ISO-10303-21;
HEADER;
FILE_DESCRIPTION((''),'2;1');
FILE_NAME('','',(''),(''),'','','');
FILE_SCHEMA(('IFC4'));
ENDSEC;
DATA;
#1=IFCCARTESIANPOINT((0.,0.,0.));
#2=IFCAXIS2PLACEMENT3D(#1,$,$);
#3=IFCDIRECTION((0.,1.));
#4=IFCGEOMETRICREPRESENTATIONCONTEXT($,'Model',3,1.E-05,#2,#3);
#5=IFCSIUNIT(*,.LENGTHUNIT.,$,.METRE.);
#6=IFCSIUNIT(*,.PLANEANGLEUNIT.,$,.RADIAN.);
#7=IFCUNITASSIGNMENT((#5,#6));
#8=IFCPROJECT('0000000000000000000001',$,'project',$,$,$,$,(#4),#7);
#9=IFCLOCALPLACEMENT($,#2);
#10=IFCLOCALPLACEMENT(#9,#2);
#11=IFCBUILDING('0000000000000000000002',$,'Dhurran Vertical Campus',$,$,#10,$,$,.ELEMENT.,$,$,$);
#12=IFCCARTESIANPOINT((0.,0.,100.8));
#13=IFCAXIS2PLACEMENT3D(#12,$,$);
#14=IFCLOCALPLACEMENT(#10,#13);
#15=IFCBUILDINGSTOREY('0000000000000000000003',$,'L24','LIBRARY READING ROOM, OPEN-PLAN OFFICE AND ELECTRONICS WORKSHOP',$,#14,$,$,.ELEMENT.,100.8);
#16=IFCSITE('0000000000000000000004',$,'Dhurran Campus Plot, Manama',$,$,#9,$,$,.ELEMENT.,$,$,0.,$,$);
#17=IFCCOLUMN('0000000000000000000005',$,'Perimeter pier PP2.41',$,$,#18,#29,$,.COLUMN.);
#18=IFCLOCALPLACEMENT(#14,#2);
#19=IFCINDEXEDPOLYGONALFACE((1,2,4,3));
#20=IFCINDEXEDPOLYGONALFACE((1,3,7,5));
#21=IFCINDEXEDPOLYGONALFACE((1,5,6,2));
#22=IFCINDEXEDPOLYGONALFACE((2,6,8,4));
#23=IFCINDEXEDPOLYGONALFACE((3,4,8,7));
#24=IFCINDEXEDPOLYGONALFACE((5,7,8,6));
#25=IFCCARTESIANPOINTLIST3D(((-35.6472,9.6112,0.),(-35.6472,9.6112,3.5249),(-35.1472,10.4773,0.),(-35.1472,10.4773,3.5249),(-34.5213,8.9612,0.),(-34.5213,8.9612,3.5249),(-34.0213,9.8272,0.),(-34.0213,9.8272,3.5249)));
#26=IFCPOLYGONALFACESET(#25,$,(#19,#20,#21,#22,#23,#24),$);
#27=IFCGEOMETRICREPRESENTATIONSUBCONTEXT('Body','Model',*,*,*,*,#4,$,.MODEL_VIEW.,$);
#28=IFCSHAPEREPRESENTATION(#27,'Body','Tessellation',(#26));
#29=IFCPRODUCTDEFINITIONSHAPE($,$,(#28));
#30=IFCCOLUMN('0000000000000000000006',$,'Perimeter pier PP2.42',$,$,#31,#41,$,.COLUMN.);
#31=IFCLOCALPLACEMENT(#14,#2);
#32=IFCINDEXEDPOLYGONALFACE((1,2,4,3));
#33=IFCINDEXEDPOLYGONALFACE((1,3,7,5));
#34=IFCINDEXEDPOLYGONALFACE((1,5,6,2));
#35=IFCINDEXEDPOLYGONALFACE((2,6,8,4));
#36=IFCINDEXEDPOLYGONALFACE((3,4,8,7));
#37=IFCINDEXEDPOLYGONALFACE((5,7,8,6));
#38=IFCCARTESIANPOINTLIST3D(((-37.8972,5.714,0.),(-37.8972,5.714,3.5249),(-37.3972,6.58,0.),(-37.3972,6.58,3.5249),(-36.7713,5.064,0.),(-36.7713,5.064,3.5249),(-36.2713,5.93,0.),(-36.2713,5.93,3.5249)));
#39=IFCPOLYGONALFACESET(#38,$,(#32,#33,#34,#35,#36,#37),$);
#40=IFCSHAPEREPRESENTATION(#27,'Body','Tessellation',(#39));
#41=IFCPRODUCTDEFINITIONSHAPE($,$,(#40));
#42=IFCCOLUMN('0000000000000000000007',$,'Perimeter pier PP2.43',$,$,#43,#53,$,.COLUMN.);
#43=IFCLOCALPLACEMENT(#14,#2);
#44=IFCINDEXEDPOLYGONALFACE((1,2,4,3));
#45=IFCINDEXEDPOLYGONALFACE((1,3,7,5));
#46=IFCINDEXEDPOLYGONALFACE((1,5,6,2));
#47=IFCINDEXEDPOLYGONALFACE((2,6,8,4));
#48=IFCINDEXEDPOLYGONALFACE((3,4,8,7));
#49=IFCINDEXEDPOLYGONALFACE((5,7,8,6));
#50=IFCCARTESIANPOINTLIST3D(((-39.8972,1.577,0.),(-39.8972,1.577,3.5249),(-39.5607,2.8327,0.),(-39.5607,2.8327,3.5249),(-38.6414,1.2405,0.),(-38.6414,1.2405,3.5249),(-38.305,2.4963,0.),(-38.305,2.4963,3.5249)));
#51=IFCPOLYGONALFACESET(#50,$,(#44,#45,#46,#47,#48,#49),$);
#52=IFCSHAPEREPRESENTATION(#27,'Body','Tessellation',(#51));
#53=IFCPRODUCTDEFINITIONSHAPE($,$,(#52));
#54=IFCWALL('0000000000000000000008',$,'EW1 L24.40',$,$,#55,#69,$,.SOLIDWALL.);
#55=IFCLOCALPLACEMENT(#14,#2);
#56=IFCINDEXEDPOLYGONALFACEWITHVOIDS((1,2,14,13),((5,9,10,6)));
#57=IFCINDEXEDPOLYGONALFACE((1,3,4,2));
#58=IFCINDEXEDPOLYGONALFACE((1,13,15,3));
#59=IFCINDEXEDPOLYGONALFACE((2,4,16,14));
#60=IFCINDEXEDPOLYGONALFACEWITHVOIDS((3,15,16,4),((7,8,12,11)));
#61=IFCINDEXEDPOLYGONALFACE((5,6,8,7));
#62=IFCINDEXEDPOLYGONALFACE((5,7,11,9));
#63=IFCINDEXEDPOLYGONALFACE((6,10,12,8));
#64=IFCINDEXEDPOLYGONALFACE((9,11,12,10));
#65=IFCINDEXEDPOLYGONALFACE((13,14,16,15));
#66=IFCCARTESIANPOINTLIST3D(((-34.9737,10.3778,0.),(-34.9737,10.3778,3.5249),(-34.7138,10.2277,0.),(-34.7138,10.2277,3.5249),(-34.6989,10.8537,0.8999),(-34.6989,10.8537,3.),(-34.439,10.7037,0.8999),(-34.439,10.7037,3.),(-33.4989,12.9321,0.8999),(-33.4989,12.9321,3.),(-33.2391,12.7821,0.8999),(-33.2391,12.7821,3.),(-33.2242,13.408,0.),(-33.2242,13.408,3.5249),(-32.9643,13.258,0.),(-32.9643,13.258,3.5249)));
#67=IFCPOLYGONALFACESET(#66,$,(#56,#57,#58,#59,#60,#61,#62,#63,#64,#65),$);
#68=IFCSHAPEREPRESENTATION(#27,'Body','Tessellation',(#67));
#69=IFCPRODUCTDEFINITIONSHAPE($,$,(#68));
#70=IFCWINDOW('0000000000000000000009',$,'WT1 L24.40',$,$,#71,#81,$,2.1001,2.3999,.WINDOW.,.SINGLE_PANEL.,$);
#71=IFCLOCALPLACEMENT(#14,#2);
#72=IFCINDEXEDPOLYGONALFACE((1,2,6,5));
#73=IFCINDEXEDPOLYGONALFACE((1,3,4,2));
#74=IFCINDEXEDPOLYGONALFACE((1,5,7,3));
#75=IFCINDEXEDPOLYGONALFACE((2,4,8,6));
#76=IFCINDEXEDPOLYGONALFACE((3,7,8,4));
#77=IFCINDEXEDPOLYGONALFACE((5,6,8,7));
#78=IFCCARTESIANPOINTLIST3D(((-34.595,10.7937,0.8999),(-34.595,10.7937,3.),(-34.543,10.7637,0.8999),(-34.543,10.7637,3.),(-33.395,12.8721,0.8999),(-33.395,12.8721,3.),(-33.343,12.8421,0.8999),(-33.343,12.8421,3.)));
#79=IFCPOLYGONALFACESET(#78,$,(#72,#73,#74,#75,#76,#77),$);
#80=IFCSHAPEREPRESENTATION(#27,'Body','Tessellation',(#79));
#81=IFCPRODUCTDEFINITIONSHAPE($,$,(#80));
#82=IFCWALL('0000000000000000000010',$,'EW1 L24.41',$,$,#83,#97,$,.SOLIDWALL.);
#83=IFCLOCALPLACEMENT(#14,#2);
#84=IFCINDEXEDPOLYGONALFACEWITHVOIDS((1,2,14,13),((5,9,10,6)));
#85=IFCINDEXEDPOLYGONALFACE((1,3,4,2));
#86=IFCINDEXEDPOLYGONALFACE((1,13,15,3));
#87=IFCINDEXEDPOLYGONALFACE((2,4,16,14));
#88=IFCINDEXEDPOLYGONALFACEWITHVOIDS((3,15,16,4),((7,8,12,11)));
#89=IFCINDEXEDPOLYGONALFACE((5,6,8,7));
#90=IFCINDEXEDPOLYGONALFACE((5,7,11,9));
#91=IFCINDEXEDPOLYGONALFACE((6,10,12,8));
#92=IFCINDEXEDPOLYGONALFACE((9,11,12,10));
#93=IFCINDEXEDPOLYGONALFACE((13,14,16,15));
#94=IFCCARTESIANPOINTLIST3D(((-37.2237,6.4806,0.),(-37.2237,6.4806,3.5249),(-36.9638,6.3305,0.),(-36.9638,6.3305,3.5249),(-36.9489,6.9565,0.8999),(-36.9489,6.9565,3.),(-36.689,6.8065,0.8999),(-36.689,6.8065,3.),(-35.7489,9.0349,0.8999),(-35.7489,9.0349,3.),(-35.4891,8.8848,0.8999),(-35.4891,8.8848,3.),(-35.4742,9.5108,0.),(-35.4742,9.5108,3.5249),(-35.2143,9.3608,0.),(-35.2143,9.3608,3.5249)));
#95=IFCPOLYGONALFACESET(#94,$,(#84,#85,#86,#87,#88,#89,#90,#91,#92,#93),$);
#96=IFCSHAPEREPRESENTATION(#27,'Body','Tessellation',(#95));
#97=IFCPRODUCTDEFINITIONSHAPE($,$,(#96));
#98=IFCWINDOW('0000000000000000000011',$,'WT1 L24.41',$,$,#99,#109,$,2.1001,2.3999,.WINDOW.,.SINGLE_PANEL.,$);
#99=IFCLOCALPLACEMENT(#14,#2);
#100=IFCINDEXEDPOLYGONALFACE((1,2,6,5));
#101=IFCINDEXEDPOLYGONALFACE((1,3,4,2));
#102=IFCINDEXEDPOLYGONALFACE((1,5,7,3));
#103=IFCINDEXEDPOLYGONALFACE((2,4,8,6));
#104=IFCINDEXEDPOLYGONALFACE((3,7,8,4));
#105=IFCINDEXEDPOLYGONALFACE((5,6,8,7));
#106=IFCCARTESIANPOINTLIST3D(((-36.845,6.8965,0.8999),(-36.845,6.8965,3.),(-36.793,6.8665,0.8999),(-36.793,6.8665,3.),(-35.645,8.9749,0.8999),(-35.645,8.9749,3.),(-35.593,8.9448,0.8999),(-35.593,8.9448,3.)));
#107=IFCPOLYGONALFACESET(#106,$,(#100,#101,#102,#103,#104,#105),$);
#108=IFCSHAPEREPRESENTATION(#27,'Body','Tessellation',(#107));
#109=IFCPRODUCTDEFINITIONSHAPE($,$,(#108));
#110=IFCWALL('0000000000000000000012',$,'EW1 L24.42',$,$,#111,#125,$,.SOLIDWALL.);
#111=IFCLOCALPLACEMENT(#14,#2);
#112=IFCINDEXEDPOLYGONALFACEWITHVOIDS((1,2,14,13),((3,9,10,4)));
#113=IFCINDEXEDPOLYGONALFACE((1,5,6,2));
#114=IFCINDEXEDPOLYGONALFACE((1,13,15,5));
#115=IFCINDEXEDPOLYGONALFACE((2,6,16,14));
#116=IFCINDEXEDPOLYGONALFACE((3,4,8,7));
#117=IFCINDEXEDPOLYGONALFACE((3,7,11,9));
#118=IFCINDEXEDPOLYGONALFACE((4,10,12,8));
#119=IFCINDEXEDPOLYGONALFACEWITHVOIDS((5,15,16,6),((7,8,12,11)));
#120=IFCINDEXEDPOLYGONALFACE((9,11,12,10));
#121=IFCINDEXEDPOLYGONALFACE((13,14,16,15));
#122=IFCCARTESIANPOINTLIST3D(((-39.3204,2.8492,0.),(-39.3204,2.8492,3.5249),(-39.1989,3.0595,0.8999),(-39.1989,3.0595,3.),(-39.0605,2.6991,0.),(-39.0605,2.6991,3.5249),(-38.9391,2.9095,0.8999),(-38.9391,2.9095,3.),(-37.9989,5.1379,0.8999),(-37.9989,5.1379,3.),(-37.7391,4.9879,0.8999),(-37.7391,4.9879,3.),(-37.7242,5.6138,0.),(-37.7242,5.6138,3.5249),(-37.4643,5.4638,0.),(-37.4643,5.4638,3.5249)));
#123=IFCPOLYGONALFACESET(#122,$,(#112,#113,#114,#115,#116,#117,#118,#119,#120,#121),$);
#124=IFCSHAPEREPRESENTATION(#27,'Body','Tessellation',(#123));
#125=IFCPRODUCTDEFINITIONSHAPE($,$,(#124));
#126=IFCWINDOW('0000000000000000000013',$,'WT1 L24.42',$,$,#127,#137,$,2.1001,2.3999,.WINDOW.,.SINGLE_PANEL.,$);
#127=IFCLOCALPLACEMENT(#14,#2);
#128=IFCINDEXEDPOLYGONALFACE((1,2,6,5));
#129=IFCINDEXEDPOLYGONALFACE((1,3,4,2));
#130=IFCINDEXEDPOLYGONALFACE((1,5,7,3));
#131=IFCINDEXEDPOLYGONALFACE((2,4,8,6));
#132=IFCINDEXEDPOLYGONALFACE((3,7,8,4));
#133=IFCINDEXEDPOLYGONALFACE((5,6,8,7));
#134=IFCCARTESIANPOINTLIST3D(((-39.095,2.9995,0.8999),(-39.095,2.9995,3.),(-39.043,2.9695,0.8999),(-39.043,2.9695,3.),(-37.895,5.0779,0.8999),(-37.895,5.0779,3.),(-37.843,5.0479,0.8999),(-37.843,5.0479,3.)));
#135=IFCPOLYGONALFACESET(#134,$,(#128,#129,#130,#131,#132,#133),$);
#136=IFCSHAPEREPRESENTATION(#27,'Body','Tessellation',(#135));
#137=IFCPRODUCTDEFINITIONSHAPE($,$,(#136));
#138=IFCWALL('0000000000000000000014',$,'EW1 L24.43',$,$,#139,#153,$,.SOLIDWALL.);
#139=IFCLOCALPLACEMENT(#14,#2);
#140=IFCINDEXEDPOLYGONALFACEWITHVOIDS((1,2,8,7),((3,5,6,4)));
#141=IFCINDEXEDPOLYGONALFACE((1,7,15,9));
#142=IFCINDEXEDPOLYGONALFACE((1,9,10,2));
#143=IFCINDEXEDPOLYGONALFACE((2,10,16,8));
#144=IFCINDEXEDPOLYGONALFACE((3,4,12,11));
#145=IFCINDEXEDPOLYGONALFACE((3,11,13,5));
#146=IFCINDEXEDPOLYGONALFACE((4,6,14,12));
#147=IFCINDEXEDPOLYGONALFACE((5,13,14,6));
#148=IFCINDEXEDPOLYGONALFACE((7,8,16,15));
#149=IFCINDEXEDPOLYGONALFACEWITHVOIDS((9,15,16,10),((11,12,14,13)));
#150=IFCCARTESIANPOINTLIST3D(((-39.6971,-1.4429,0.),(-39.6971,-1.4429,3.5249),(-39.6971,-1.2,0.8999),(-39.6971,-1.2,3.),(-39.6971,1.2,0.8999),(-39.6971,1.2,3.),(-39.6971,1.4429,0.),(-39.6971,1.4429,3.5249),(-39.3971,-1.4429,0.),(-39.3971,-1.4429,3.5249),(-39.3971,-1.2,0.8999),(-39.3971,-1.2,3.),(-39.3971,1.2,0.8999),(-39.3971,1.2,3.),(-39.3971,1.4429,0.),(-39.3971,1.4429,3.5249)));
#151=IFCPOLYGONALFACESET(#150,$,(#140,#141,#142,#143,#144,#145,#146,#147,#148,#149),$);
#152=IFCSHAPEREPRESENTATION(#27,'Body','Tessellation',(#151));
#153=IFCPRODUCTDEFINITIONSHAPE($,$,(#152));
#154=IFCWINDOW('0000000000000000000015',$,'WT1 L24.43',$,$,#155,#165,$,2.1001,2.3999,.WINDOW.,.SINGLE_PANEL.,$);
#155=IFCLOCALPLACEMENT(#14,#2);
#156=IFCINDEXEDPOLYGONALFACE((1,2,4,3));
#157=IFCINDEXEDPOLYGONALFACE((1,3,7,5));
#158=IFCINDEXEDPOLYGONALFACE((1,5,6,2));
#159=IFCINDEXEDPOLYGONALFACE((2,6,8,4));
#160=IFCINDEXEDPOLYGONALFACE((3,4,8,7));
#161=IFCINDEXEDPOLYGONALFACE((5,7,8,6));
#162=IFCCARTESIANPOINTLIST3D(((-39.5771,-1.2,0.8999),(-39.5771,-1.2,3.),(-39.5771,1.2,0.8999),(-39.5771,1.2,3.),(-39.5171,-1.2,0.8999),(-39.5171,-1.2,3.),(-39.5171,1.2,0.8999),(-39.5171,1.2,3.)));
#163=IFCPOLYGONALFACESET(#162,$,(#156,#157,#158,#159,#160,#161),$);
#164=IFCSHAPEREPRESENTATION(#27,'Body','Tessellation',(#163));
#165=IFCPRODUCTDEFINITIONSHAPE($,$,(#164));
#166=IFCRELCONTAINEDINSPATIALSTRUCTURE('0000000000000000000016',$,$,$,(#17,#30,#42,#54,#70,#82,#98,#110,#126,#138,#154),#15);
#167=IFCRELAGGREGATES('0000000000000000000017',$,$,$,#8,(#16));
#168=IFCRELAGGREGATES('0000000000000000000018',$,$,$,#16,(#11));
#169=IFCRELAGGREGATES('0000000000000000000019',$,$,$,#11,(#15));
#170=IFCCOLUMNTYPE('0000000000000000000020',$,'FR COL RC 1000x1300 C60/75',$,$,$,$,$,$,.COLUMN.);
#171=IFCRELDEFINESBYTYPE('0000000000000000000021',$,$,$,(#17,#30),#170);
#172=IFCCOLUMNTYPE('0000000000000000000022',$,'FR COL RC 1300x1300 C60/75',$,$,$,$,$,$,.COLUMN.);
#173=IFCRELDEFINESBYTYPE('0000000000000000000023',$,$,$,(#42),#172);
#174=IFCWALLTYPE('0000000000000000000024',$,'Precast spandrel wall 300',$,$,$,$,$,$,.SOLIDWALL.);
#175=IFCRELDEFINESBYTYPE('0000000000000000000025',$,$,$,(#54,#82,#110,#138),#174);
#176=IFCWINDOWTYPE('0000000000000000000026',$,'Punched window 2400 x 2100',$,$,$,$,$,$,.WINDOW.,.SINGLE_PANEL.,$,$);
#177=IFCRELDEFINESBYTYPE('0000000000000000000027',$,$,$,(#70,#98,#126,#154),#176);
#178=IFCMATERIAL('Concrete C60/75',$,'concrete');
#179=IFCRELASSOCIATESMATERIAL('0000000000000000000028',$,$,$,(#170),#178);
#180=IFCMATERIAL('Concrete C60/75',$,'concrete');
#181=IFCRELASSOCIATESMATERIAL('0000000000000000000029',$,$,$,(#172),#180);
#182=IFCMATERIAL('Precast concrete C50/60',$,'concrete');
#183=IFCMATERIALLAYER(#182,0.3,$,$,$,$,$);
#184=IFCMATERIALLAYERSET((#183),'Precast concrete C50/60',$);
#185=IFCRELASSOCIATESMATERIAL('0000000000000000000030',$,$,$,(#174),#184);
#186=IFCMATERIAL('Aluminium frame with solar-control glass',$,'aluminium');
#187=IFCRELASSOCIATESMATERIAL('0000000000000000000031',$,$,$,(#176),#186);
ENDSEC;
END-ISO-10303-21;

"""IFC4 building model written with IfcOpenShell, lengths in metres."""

from ifc_helpers import new_model, si_unit, direction, frame, frame_2d, origin, origin_2d, place, context, subcontext, project, spatial, rectangle, extrude, material, layer, layer_set, material_profile, profile_set, type_object, element, fill, save


model = new_model("IFC4")

# Units and contexts
model_context = context("Model", 3, precision=1e-05, world=origin(), true_north=direction((0.0, 1.0)))
body_context = subcontext(model_context, "Body", "Model", "MODEL_VIEW")
ifc_project = project(units=[si_unit("LENGTHUNIT", "METRE"), si_unit("PLANEANGLEUNIT", "RADIAN")], contexts=[model_context])

# Site, building, storey
site_placement = place(None, origin())
site = spatial("IfcSite", under=ifc_project, at=site_placement, Name="Dhurran Campus Plot, Manama", CompositionType="ELEMENT", RefElevation=0.0)
building_placement = place(site_placement, origin())
building = spatial("IfcBuilding", under=site, at=building_placement, Name="Dhurran Vertical Campus", CompositionType="ELEMENT")
storey_placement = place(building_placement, frame((0.0, 0.0, 100.8)))
storey = spatial("IfcBuildingStorey", under=building, at=storey_placement, Name="L24", Description="LIBRARY READING ROOM, OPEN-PLAN OFFICE AND ELECTRONICS WORKSHOP", CompositionType="ELEMENT", Elevation=100.8)

# Columns
ifc_material_1 = material(Name="Concrete C60/75", Category="concrete")
ifc_material_profile_1 = material_profile(ifc_material_1, rectangle(XDim=1.0, YDim=1.3, at=origin_2d()), Name="RC 1000x1300")
ifc_profile_set_1 = profile_set([ifc_material_profile_1], Name="Concrete C60/75")
column_type_1 = type_object("IfcColumnType", Name="FR COL RC 1000x1300 C60/75", PredefinedType="COLUMN", material=ifc_profile_set_1)
for number, where, z_axis, x_axis, name in (
    (1, (-34.8342, 9.7192, 0.0), (0.0, 0.0, 1.0), (-0.5, -0.866025, 0.0), "Perimeter pier PP2.41"),
    (2, (-37.0842, 5.822, 0.0), (0.0, 0.0, 1.0), (-0.5, -0.866025, 0.0), "Perimeter pier PP2.42"),
):
    element("IfcColumn", number, at=place(storey_placement, frame(where, z_axis=z_axis, x_axis=x_axis)), inside=storey, type_object=column_type_1, Name=name, PredefinedType="COLUMN", context=body_context, shape_type="SweptSolid", body=[
        extrude(rectangle(XDim=1.0, YDim=1.3, at=origin_2d()), origin(), (0.0, 0.0, 1.0), 3.5249),
    ])
ifc_material_2 = material(Name="Concrete C60/75", Category="concrete")
ifc_material_profile_2 = material_profile(ifc_material_2, rectangle(XDim=1.3, YDim=1.3, at=origin_2d()), Name="RC 1300x1300")
ifc_profile_set_2 = profile_set([ifc_material_profile_2], Name="Concrete C60/75")
column_type_2 = type_object("IfcColumnType", Name="FR COL RC 1300x1300 C60/75", PredefinedType="COLUMN", material=ifc_profile_set_2)
column_placement = place(storey_placement, frame((-39.1011, 2.0366, 0.0), z_axis=(0.0, 0.0, 1.0), x_axis=(-0.258819, -0.965926, 0.0)))
element("IfcColumn", 3, at=column_placement, inside=storey, type_object=column_type_2, Name="Perimeter pier PP2.43", PredefinedType="COLUMN", context=body_context, shape_type="SweptSolid", body=[
    extrude(rectangle(XDim=1.3, YDim=1.3, at=origin_2d()), origin(), (0.0, 0.0, 1.0), 3.5249),
])

# Walls, openings, windows
ifc_material_3 = material(Name="Precast concrete C50/60", Category="concrete")
ifc_layer_1 = layer(ifc_material_3, 0.3)
ifc_layer_set_1 = layer_set([ifc_layer_1], Name="Precast concrete C50/60")
wall_type_1 = type_object("IfcWallType", Name="Precast spandrel wall 300", PredefinedType="SOLIDWALL", material=ifc_layer_set_1)
wall_1_placement = place(storey_placement, frame((-33.0942, 13.333, 0.0), z_axis=(0.0, 0.0, 1.0), x_axis=(-0.499996, -0.866028, 0.0)))
wall_1 = element("IfcWall", 4, at=wall_1_placement, inside=storey, type_object=wall_type_1, Name="EW1 L24.40", PredefinedType="SOLIDWALL", context=body_context, shape_type="SweptSolid", body=[
    extrude(rectangle(XDim=3.499, YDim=0.3, at=frame_2d((1.7495, 0.0))), origin(), (0.0, 0.0, 1.0), 3.5249),
])
opening_1_placement = place(wall_1_placement, frame((0.5496, 0.0, 0.8999)))
opening_1 = element("IfcOpeningElement", 5, at=opening_1_placement, cuts=wall_1, PredefinedType="OPENING", context=body_context, shape_type="SweptSolid", body=[
    extrude(rectangle(XDim=2.3999, YDim=2.1001, at=frame_2d((1.2, 1.05))), frame((0.0, 0.1599, 0.0), z_axis=(0.0, -1.0, 0.0), x_axis=(1.0, 0.0, 0.0)), (0.0, 0.0, 1.0), 0.3201),
])
ifc_material_4 = material(Name="Aluminium frame with solar-control glass", Category="aluminium")
window_type = type_object("IfcWindowType", Name="Punched window 2400 x 2100", PartitioningType="SINGLE_PANEL", PredefinedType="WINDOW", material=ifc_material_4)
window_1_placement = place(opening_1_placement, origin())
window_1 = element("IfcWindow", 6, at=window_1_placement, inside=storey, type_object=window_type, Name="WT1 L24.40", OverallHeight=2.1001, OverallWidth=2.3999, PartitioningType="SINGLE_PANEL", PredefinedType="WINDOW", context=body_context, shape_type="SweptSolid", body=[
    extrude(rectangle(XDim=2.3999, YDim=2.1001, at=frame_2d((1.2, 1.05))), frame((0.0, 0.03, 0.0), z_axis=(0.0, -1.0, 0.0), x_axis=(1.0, 0.0, 0.0)), (0.0, 0.0, 1.0), 0.0601),
])
fill(opening_1, window_1)
wall_2_placement = place(storey_placement, frame((-35.3442, 9.4358, 0.0), z_axis=(0.0, 0.0, 1.0), x_axis=(-0.499996, -0.866028, 0.0)))
wall_2 = element("IfcWall", 7, at=wall_2_placement, inside=storey, type_object=wall_type_1, Name="EW1 L24.41", PredefinedType="SOLIDWALL", context=body_context, shape_type="SweptSolid", body=[
    extrude(rectangle(XDim=3.499, YDim=0.3, at=frame_2d((1.7495, 0.0))), origin(), (0.0, 0.0, 1.0), 3.5249),
])
opening_2_placement = place(wall_2_placement, frame((0.5496, 0.0, 0.8999)))
opening_2 = element("IfcOpeningElement", 8, at=opening_2_placement, cuts=wall_2, PredefinedType="OPENING", context=body_context, shape_type="SweptSolid", body=[
    extrude(rectangle(XDim=2.3999, YDim=2.1001, at=frame_2d((1.2, 1.05))), frame((0.0, 0.1599, 0.0), z_axis=(0.0, -1.0, 0.0), x_axis=(1.0, 0.0, 0.0)), (0.0, 0.0, 1.0), 0.3201),
])
window_2_placement = place(opening_2_placement, origin())
window_2 = element("IfcWindow", 9, at=window_2_placement, inside=storey, type_object=window_type, Name="WT1 L24.41", OverallHeight=2.1001, OverallWidth=2.3999, PartitioningType="SINGLE_PANEL", PredefinedType="WINDOW", context=body_context, shape_type="SweptSolid", body=[
    extrude(rectangle(XDim=2.3999, YDim=2.1001, at=frame_2d((1.2, 1.05))), frame((0.0, 0.03, 0.0), z_axis=(0.0, -1.0, 0.0), x_axis=(1.0, 0.0, 0.0)), (0.0, 0.0, 1.0), 0.0601),
])
fill(opening_2, window_2)
wall_3_placement = place(storey_placement, frame((-37.5942, 5.5388, 0.0), z_axis=(0.0, 0.0, 1.0), x_axis=(-0.500005, -0.866023, 0.0)))
wall_3 = element("IfcWall", 10, at=wall_3_placement, inside=storey, type_object=wall_type_1, Name="EW1 L24.42", PredefinedType="SOLIDWALL", context=body_context, shape_type="SweptSolid", body=[
    extrude(rectangle(XDim=3.1924, YDim=0.3, at=frame_2d((1.5962, 0.0))), origin(), (0.0, 0.0, 1.0), 3.5249),
])
opening_3_placement = place(wall_3_placement, frame((0.5496, 0.0, 0.8999)))
opening_3 = element("IfcOpeningElement", 11, at=opening_3_placement, cuts=wall_3, PredefinedType="OPENING", context=body_context, shape_type="SweptSolid", body=[
    extrude(rectangle(XDim=2.3999, YDim=2.1001, at=frame_2d((1.2, 1.05))), frame((0.0, 0.1599, 0.0), z_axis=(0.0, -1.0, 0.0), x_axis=(1.0, 0.0, 0.0)), (0.0, 0.0, 1.0), 0.3201),
])
window_3_placement = place(opening_3_placement, origin())
window_3 = element("IfcWindow", 12, at=window_3_placement, inside=storey, type_object=window_type, Name="WT1 L24.42", OverallHeight=2.1001, OverallWidth=2.3999, PartitioningType="SINGLE_PANEL", PredefinedType="WINDOW", context=body_context, shape_type="SweptSolid", body=[
    extrude(rectangle(XDim=2.3999, YDim=2.1001, at=frame_2d((1.2, 1.05))), frame((0.0, 0.03, 0.0), z_axis=(0.0, -1.0, 0.0), x_axis=(1.0, 0.0, 0.0)), (0.0, 0.0, 1.0), 0.0601),
])
fill(opening_3, window_3)
wall_4_placement = place(storey_placement, frame((-39.5471, 1.4429, 0.0), z_axis=(0.0, 0.0, 1.0), x_axis=(0.0, -1.0, 0.0)))
wall_4 = element("IfcWall", 13, at=wall_4_placement, inside=storey, type_object=wall_type_1, Name="EW1 L24.43", PredefinedType="SOLIDWALL", context=body_context, shape_type="SweptSolid", body=[
    extrude(rectangle(XDim=2.8857, YDim=0.3, at=frame_2d((1.4429, 0.0))), origin(), (0.0, 0.0, 1.0), 3.5249),
])
opening_4_placement = place(wall_4_placement, frame((0.2429, 0.0, 0.8999)))
opening_4 = element("IfcOpeningElement", 14, at=opening_4_placement, cuts=wall_4, PredefinedType="OPENING", context=body_context, shape_type="SweptSolid", body=[
    extrude(rectangle(XDim=2.3999, YDim=2.1001, at=frame_2d((1.2, 1.05))), frame((0.0, 0.1599, 0.0), z_axis=(0.0, -1.0, 0.0), x_axis=(1.0, 0.0, 0.0)), (0.0, 0.0, 1.0), 0.3201),
])
window_4_placement = place(opening_4_placement, origin())
window_4 = element("IfcWindow", 15, at=window_4_placement, inside=storey, type_object=window_type, Name="WT1 L24.43", OverallHeight=2.1001, OverallWidth=2.3999, PartitioningType="SINGLE_PANEL", PredefinedType="WINDOW", context=body_context, shape_type="SweptSolid", body=[
    extrude(rectangle(XDim=2.3999, YDim=2.1001, at=frame_2d((1.2, 1.05))), frame((0.0, 0.03, 0.0), z_axis=(0.0, -1.0, 0.0), x_axis=(1.0, 0.0, 0.0)), (0.0, 0.0, 1.0), 0.0601),
])
fill(opening_4, window_4)

save(model, "model.ifc")
